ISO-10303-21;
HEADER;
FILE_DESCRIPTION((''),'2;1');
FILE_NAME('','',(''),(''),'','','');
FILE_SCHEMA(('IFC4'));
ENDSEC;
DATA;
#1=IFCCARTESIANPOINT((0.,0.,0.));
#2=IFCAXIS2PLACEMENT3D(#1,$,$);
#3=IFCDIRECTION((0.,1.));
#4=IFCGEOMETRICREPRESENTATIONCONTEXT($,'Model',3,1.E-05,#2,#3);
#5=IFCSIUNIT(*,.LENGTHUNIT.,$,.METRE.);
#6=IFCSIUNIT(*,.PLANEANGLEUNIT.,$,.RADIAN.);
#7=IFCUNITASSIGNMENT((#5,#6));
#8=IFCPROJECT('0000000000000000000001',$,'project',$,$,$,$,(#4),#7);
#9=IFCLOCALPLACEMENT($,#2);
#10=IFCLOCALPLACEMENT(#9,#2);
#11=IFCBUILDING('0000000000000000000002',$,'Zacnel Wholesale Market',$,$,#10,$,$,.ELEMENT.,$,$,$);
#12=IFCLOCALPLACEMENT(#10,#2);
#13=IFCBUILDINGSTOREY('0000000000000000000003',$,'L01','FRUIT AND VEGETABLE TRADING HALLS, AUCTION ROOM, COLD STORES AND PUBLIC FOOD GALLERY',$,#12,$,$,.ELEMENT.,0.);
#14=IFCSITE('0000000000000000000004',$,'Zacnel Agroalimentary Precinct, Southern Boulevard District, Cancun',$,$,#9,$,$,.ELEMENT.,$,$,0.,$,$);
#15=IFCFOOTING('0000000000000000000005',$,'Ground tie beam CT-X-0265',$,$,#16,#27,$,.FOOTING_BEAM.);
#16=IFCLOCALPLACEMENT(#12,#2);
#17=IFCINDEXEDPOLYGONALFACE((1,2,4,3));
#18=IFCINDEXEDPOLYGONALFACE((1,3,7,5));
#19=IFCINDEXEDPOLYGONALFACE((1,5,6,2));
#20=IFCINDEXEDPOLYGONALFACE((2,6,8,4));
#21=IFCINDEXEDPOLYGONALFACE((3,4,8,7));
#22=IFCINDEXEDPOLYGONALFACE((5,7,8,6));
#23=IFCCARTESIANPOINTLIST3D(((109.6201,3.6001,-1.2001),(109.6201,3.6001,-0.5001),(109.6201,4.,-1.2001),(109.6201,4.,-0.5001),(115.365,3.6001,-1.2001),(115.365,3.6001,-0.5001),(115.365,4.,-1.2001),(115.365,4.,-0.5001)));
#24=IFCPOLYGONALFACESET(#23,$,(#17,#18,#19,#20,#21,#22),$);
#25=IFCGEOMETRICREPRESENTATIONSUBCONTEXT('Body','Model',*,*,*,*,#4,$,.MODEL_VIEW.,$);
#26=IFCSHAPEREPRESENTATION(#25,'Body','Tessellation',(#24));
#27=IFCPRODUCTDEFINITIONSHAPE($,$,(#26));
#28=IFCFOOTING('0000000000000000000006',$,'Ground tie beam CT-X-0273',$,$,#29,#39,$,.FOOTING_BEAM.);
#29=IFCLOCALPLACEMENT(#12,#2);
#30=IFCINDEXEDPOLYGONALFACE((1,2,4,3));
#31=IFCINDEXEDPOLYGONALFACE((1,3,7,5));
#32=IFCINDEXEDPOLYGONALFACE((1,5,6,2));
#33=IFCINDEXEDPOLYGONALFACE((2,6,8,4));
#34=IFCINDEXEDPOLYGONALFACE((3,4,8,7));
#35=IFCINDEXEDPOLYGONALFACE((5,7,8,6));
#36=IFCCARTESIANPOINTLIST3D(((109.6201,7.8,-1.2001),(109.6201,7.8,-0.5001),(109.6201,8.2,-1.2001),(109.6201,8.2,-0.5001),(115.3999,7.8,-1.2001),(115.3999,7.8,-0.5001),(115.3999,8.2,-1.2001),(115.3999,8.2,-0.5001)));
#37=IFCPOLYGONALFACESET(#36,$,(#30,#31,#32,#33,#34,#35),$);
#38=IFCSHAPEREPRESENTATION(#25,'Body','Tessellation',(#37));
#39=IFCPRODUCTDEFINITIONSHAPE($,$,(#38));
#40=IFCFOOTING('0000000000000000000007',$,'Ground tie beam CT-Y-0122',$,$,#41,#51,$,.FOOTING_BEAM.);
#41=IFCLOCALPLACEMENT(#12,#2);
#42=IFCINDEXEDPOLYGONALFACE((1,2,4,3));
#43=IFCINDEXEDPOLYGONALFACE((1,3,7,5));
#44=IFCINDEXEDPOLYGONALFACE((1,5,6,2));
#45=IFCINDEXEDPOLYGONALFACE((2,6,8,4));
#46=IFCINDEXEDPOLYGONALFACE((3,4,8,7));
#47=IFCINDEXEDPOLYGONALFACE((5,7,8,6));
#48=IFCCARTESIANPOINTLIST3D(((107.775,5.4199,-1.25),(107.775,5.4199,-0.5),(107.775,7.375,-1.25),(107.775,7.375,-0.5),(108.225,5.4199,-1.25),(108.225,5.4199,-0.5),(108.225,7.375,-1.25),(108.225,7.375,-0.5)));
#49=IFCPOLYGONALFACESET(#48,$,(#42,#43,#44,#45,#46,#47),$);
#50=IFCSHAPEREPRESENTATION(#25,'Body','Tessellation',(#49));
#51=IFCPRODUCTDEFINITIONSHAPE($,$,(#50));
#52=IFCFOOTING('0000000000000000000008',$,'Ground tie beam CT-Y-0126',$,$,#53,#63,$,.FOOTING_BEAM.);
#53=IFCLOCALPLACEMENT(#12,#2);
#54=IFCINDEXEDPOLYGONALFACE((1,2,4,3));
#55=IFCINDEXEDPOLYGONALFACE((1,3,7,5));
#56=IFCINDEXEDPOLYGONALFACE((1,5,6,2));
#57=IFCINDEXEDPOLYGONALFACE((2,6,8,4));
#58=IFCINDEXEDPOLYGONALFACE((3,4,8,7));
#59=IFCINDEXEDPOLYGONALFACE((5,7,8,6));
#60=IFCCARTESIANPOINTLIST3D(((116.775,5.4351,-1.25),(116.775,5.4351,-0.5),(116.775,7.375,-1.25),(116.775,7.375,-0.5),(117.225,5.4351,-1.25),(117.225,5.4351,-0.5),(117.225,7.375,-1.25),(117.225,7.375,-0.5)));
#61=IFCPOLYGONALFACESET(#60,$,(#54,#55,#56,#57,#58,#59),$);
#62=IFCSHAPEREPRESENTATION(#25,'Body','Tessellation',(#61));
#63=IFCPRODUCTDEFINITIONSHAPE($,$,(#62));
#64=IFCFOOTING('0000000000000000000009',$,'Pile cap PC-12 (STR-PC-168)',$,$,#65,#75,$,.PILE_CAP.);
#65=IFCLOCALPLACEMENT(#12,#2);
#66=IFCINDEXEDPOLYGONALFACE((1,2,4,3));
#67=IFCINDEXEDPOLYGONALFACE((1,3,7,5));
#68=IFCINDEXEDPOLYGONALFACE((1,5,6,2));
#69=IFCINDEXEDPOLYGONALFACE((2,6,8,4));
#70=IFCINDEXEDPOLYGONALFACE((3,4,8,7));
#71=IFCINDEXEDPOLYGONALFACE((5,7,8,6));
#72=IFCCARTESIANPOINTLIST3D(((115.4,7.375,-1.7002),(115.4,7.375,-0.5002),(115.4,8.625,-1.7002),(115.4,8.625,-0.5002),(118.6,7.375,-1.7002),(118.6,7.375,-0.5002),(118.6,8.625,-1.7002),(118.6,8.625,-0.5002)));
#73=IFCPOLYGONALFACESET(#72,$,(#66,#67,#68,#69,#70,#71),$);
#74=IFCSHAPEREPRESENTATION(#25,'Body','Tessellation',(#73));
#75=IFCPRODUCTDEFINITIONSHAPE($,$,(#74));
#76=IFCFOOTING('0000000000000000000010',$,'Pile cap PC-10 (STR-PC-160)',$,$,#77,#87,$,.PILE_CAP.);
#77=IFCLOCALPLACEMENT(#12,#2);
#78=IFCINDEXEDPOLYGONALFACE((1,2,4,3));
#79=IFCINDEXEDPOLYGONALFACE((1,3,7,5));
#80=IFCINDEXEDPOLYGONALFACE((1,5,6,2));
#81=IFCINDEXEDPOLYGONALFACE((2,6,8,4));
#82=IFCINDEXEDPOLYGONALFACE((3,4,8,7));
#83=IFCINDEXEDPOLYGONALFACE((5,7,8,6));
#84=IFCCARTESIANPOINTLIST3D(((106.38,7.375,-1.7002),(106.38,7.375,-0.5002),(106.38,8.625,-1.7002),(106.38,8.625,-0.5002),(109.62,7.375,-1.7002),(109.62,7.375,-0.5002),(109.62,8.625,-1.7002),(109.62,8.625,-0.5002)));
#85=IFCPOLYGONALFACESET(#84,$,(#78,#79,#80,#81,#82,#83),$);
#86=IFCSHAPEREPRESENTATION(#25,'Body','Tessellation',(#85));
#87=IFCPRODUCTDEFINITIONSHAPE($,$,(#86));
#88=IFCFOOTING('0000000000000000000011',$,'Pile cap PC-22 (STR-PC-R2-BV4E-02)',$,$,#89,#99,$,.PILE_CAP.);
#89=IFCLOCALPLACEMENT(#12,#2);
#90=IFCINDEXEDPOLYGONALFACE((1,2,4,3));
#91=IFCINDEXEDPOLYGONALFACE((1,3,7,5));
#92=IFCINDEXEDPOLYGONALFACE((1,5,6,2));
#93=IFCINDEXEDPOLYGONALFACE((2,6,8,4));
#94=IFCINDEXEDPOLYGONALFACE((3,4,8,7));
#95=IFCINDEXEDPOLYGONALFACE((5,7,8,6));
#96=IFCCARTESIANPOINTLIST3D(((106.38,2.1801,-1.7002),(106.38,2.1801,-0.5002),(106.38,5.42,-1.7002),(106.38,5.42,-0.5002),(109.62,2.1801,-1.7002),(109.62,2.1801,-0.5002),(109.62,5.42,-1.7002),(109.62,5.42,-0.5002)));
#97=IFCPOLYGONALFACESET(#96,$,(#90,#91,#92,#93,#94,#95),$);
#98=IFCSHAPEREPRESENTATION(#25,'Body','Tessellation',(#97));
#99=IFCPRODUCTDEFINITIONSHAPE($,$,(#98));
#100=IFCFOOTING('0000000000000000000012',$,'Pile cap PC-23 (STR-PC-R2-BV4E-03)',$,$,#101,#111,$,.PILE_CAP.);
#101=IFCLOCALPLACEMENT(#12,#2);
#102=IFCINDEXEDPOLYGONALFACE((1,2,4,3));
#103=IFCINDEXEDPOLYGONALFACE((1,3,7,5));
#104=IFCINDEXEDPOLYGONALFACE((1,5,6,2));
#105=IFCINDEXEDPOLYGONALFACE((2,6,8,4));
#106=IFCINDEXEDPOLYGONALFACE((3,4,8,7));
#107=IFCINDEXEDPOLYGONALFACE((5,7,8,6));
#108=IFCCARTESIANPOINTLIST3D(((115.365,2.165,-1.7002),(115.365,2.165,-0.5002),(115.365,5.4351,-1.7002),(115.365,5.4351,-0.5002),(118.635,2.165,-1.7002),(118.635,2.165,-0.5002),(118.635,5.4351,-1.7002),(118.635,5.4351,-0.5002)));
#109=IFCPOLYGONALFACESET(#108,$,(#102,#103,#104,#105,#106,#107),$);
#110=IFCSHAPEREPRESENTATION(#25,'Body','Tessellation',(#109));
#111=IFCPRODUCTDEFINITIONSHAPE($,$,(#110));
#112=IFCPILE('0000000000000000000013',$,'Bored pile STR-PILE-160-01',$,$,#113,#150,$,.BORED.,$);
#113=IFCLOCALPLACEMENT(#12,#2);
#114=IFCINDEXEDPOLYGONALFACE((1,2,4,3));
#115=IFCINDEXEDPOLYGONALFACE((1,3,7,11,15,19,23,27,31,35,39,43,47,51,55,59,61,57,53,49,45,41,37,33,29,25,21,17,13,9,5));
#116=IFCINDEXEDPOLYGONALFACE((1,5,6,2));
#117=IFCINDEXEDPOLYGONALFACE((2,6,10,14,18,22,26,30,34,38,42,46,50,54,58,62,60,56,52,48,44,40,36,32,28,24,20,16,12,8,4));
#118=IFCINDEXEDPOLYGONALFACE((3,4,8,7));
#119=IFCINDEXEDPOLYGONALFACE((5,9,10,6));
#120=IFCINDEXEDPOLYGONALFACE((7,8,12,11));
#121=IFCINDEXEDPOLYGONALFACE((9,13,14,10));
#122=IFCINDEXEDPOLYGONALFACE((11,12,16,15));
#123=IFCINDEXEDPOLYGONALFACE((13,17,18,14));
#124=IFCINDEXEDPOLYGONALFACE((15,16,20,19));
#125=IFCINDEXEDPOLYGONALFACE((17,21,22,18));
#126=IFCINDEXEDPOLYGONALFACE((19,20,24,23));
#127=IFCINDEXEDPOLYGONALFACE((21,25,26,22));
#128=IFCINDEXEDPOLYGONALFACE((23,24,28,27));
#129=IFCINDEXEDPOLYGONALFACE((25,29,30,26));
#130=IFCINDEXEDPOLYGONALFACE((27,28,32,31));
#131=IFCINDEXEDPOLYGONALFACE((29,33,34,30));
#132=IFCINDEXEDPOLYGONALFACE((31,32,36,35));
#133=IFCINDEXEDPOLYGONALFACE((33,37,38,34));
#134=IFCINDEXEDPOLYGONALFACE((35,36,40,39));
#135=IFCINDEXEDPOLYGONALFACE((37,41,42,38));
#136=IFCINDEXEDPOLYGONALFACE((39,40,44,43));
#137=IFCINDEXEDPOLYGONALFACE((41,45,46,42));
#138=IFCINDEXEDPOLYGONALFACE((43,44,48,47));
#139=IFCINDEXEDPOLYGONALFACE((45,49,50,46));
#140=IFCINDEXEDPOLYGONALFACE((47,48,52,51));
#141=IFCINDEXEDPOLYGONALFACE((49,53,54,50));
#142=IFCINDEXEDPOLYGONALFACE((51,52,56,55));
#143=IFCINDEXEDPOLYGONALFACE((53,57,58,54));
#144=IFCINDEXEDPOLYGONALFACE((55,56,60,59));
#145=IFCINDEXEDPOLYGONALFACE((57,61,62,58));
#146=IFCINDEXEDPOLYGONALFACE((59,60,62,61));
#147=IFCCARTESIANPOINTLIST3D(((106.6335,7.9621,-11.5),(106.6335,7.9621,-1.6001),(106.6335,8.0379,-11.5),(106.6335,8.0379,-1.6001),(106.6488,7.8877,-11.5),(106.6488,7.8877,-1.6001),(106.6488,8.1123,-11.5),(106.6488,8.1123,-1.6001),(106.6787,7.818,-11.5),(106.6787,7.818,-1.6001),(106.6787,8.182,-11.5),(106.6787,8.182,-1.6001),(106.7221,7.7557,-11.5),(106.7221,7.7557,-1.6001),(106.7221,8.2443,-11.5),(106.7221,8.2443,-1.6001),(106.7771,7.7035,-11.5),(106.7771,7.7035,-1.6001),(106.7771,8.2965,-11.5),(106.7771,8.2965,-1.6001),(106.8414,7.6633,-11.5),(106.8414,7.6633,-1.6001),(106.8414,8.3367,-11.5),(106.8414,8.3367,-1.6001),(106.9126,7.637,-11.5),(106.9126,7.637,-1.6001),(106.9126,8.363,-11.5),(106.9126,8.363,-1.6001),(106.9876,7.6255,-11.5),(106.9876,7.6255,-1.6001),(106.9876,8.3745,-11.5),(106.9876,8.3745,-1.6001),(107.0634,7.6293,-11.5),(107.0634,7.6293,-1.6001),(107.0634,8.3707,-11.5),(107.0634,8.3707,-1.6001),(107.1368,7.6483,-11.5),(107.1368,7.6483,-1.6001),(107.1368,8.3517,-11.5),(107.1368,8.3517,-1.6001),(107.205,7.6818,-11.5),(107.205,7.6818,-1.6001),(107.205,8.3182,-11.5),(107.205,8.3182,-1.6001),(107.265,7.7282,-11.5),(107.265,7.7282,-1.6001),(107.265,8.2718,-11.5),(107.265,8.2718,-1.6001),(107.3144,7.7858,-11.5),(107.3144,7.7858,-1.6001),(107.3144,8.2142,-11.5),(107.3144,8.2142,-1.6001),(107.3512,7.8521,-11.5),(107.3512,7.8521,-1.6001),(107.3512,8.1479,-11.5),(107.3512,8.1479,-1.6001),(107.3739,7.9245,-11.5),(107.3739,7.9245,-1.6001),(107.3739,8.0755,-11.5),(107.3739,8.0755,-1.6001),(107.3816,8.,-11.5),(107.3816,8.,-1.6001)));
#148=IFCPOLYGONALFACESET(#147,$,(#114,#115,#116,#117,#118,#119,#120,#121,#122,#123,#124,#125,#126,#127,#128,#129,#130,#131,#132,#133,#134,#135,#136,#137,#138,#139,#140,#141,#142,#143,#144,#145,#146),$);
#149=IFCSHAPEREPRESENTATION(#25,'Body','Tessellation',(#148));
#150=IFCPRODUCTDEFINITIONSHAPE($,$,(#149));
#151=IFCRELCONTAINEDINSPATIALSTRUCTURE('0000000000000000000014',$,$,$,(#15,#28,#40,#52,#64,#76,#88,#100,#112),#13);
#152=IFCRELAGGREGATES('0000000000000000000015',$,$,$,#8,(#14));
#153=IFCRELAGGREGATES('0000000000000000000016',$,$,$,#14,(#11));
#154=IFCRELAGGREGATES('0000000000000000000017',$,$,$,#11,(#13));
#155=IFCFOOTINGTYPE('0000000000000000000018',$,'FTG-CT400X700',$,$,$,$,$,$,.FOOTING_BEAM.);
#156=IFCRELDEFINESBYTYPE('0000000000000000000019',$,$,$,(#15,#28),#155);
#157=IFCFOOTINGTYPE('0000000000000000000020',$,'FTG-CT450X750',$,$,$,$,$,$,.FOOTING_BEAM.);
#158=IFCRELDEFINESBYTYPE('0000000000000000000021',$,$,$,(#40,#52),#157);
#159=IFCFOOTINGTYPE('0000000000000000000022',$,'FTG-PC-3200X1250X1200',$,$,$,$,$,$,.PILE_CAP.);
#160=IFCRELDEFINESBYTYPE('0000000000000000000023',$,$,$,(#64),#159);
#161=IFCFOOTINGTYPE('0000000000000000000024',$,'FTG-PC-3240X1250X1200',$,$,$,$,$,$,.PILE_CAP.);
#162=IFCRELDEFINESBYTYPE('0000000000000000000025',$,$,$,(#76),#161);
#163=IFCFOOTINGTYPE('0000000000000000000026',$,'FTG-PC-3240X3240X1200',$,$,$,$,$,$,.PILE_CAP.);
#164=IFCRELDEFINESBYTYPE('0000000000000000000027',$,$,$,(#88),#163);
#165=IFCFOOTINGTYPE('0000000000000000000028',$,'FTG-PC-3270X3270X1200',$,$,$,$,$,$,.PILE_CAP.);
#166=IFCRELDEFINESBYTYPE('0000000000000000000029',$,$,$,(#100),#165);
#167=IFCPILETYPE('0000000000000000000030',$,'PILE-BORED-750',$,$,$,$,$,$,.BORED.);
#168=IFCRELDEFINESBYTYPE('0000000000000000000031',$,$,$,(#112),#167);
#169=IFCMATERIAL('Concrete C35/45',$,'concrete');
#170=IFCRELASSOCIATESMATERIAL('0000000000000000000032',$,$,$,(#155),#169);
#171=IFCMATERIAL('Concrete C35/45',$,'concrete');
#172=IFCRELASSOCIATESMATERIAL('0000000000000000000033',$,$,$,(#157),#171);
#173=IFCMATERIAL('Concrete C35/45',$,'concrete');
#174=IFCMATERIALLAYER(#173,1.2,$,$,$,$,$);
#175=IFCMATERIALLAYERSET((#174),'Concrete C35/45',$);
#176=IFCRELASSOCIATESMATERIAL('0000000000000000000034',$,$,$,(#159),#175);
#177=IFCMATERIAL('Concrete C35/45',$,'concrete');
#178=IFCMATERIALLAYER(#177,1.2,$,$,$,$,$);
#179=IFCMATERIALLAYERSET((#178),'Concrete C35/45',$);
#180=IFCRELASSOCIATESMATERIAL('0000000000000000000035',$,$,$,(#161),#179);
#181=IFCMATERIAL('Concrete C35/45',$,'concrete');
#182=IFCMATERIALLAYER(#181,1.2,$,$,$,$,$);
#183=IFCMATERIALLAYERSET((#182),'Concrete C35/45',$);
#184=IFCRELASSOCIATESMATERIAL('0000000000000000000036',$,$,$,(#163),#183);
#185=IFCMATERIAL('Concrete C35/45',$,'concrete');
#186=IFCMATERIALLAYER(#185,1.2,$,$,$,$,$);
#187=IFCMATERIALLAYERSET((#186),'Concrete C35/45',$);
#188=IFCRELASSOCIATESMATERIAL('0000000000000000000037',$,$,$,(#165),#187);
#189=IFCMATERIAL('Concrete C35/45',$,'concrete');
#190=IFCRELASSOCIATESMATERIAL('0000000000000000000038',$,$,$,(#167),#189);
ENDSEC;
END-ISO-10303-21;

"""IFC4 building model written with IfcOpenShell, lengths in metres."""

from ifc_helpers import new_model, si_unit, direction, frame, origin, origin_2d, place, context, subcontext, project, spatial, rectangle, circle, extrude, material, layer, layer_set, material_profile, profile_set, type_object, element, save


model = new_model("IFC4")

# Units and contexts
model_context = context("Model", 3, precision=1e-05, world=origin(), true_north=direction((0.0, 1.0)))
body_context = subcontext(model_context, "Body", "Model", "MODEL_VIEW")
ifc_project = project(units=[si_unit("LENGTHUNIT", "METRE"), si_unit("PLANEANGLEUNIT", "RADIAN")], contexts=[model_context])

# Site, building, storey
site_placement = place(None, origin())
site = spatial("IfcSite", under=ifc_project, at=site_placement, Name="Zacnel Agroalimentary Precinct, Southern Boulevard District, Cancun", CompositionType="ELEMENT", RefElevation=0.0)
building_placement = place(site_placement, origin())
building = spatial("IfcBuilding", under=site, at=building_placement, Name="Zacnel Wholesale Market", CompositionType="ELEMENT")
storey_placement = place(building_placement, origin())
storey = spatial("IfcBuildingStorey", under=building, at=storey_placement, Name="L01", Description="FRUIT AND VEGETABLE TRADING HALLS, AUCTION ROOM, COLD STORES AND PUBLIC FOOD GALLERY", CompositionType="ELEMENT", Elevation=0.0)

# Footings
ifc_material_1 = material(Name="Concrete C35/45", Category="concrete")
ifc_material_profile_1 = material_profile(ifc_material_1, rectangle(XDim=0.3999, YDim=0.7, at=origin_2d()), Name="CT 400x700")
ifc_profile_set_1 = profile_set([ifc_material_profile_1], Name="Concrete C35/45")
footing_type_1 = type_object("IfcFootingType", Name="FTG-CT400X700", PredefinedType="FOOTING_BEAM", material=ifc_profile_set_1)
footing_1_placement = place(storey_placement, frame((109.6201, 3.8, -0.8501), z_axis=(1.0, 0.0, 0.0), x_axis=(0.0, 1.0, 0.0)))
element("IfcFooting", 1, at=footing_1_placement, inside=storey, type_object=footing_type_1, Name="Ground tie beam CT-X-0265", PredefinedType="FOOTING_BEAM", context=body_context, shape_type="SweptSolid", body=[
    extrude(rectangle(XDim=0.3999, YDim=0.7, at=origin_2d()), origin(), (0.0, 0.0, 1.0), 5.7449),
])
footing_2_placement = place(storey_placement, frame((109.6201, 8.0, -0.8501), z_axis=(1.0, 0.0, 0.0), x_axis=(0.0, 1.0, 0.0)))
element("IfcFooting", 2, at=footing_2_placement, inside=storey, type_object=footing_type_1, Name="Ground tie beam CT-X-0273", PredefinedType="FOOTING_BEAM", context=body_context, shape_type="SweptSolid", body=[
    extrude(rectangle(XDim=0.3999, YDim=0.7, at=origin_2d()), origin(), (0.0, 0.0, 1.0), 5.7798),
])
ifc_material_2 = material(Name="Concrete C35/45", Category="concrete")
ifc_material_profile_2 = material_profile(ifc_material_2, rectangle(XDim=0.45, YDim=0.75, at=origin_2d()), Name="CT 450x750")
ifc_profile_set_2 = profile_set([ifc_material_profile_2], Name="Concrete C35/45")
footing_type_2 = type_object("IfcFootingType", Name="FTG-CT450X750", PredefinedType="FOOTING_BEAM", material=ifc_profile_set_2)
footing_3_placement = place(storey_placement, frame((108.0, 5.4199, -0.875), z_axis=(0.0, 1.0, 0.0), x_axis=(-1.0, 0.0, 0.0)))
element("IfcFooting", 3, at=footing_3_placement, inside=storey, type_object=footing_type_2, Name="Ground tie beam CT-Y-0122", PredefinedType="FOOTING_BEAM", context=body_context, shape_type="SweptSolid", body=[
    extrude(rectangle(XDim=0.45, YDim=0.75, at=origin_2d()), origin(), (0.0, 0.0, 1.0), 1.9551),
])
footing_4_placement = place(storey_placement, frame((117.0, 5.4351, -0.875), z_axis=(0.0, 1.0, 0.0), x_axis=(-1.0, 0.0, 0.0)))
element("IfcFooting", 4, at=footing_4_placement, inside=storey, type_object=footing_type_2, Name="Ground tie beam CT-Y-0126", PredefinedType="FOOTING_BEAM", context=body_context, shape_type="SweptSolid", body=[
    extrude(rectangle(XDim=0.45, YDim=0.75, at=origin_2d()), origin(), (0.0, 0.0, 1.0), 1.9399),
])
ifc_material_3 = material(Name="Concrete C35/45", Category="concrete")
ifc_layer_1 = layer(ifc_material_3, 1.2)
ifc_layer_set_1 = layer_set([ifc_layer_1], Name="Concrete C35/45")
footing_type_3 = type_object("IfcFootingType", Name="FTG-PC-3200X1250X1200", PredefinedType="PILE_CAP", material=ifc_layer_set_1)
footing_5_placement = place(storey_placement, frame((117.0, 8.0, -1.7002), z_axis=(0.0, 0.0, 1.0), x_axis=(1.0, 0.0, 0.0)))
element("IfcFooting", 5, at=footing_5_placement, inside=storey, type_object=footing_type_3, Name="Pile cap PC-12 (STR-PC-168)", PredefinedType="PILE_CAP", context=body_context, shape_type="SweptSolid", body=[
    extrude(rectangle(XDim=3.2, YDim=1.25, at=origin_2d()), origin(), (0.0, 0.0, 1.0), 1.2),
])
ifc_material_4 = material(Name="Concrete C35/45", Category="concrete")
ifc_layer_2 = layer(ifc_material_4, 1.2)
ifc_layer_set_2 = layer_set([ifc_layer_2], Name="Concrete C35/45")
footing_type_4 = type_object("IfcFootingType", Name="FTG-PC-3240X1250X1200", PredefinedType="PILE_CAP", material=ifc_layer_set_2)
footing_6_placement = place(storey_placement, frame((108.0, 8.0, -1.7002), z_axis=(0.0, 0.0, 1.0), x_axis=(1.0, 0.0, 0.0)))
element("IfcFooting", 6, at=footing_6_placement, inside=storey, type_object=footing_type_4, Name="Pile cap PC-10 (STR-PC-160)", PredefinedType="PILE_CAP", context=body_context, shape_type="SweptSolid", body=[
    extrude(rectangle(XDim=3.24, YDim=1.25, at=origin_2d()), origin(), (0.0, 0.0, 1.0), 1.2),
])
ifc_material_5 = material(Name="Concrete C35/45", Category="concrete")
ifc_layer_3 = layer(ifc_material_5, 1.2)
ifc_layer_set_3 = layer_set([ifc_layer_3], Name="Concrete C35/45")
footing_type_5 = type_object("IfcFootingType", Name="FTG-PC-3240X3240X1200", PredefinedType="PILE_CAP", material=ifc_layer_set_3)
footing_7_placement = place(storey_placement, frame((108.0, 3.8, -1.7002), z_axis=(0.0, 0.0, 1.0), x_axis=(1.0, 0.0, 0.0)))
element("IfcFooting", 7, at=footing_7_placement, inside=storey, type_object=footing_type_5, Name="Pile cap PC-22 (STR-PC-R2-BV4E-02)", PredefinedType="PILE_CAP", context=body_context, shape_type="SweptSolid", body=[
    extrude(rectangle(XDim=3.24, YDim=3.24, at=origin_2d()), origin(), (0.0, 0.0, 1.0), 1.2),
])
ifc_material_6 = material(Name="Concrete C35/45", Category="concrete")
ifc_layer_4 = layer(ifc_material_6, 1.2)
ifc_layer_set_4 = layer_set([ifc_layer_4], Name="Concrete C35/45")
footing_type_6 = type_object("IfcFootingType", Name="FTG-PC-3270X3270X1200", PredefinedType="PILE_CAP", material=ifc_layer_set_4)
footing_8_placement = place(storey_placement, frame((117.0, 3.8, -1.7002), z_axis=(0.0, 0.0, 1.0), x_axis=(1.0, 0.0, 0.0)))
element("IfcFooting", 8, at=footing_8_placement, inside=storey, type_object=footing_type_6, Name="Pile cap PC-23 (STR-PC-R2-BV4E-03)", PredefinedType="PILE_CAP", context=body_context, shape_type="SweptSolid", body=[
    extrude(rectangle(XDim=3.27, YDim=3.27, at=origin_2d()), origin(), (0.0, 0.0, 1.0), 1.2),
])

# Pile
ifc_material_7 = material(Name="Concrete C35/45", Category="concrete")
ifc_material_profile_3 = material_profile(ifc_material_7, circle(Radius=0.375, at=origin_2d()), Name="BORED PILE D750")
ifc_profile_set_3 = profile_set([ifc_material_profile_3], Name="Concrete C35/45")
pile_type = type_object("IfcPileType", Name="PILE-BORED-750", PredefinedType="BORED", material=ifc_profile_set_3)
for number, where, z_axis, x_axis, name in (
    (9, (107.0066, 8.0, -1.6001), (0.0, 0.0, -1.0), (1.0, 0.0, 0.0), "Bored pile STR-PILE-160-01"),
):
    element("IfcPile", number, at=place(storey_placement, frame(where, z_axis=z_axis, x_axis=x_axis)), inside=storey, type_object=pile_type, Name=name, PredefinedType="BORED", context=body_context, shape_type="SweptSolid", body=[
        extrude(circle(Radius=0.375, at=origin_2d()), origin(), (0.0, 0.0, 1.0), 9.8999),
    ])

save(model, "model.ifc")
